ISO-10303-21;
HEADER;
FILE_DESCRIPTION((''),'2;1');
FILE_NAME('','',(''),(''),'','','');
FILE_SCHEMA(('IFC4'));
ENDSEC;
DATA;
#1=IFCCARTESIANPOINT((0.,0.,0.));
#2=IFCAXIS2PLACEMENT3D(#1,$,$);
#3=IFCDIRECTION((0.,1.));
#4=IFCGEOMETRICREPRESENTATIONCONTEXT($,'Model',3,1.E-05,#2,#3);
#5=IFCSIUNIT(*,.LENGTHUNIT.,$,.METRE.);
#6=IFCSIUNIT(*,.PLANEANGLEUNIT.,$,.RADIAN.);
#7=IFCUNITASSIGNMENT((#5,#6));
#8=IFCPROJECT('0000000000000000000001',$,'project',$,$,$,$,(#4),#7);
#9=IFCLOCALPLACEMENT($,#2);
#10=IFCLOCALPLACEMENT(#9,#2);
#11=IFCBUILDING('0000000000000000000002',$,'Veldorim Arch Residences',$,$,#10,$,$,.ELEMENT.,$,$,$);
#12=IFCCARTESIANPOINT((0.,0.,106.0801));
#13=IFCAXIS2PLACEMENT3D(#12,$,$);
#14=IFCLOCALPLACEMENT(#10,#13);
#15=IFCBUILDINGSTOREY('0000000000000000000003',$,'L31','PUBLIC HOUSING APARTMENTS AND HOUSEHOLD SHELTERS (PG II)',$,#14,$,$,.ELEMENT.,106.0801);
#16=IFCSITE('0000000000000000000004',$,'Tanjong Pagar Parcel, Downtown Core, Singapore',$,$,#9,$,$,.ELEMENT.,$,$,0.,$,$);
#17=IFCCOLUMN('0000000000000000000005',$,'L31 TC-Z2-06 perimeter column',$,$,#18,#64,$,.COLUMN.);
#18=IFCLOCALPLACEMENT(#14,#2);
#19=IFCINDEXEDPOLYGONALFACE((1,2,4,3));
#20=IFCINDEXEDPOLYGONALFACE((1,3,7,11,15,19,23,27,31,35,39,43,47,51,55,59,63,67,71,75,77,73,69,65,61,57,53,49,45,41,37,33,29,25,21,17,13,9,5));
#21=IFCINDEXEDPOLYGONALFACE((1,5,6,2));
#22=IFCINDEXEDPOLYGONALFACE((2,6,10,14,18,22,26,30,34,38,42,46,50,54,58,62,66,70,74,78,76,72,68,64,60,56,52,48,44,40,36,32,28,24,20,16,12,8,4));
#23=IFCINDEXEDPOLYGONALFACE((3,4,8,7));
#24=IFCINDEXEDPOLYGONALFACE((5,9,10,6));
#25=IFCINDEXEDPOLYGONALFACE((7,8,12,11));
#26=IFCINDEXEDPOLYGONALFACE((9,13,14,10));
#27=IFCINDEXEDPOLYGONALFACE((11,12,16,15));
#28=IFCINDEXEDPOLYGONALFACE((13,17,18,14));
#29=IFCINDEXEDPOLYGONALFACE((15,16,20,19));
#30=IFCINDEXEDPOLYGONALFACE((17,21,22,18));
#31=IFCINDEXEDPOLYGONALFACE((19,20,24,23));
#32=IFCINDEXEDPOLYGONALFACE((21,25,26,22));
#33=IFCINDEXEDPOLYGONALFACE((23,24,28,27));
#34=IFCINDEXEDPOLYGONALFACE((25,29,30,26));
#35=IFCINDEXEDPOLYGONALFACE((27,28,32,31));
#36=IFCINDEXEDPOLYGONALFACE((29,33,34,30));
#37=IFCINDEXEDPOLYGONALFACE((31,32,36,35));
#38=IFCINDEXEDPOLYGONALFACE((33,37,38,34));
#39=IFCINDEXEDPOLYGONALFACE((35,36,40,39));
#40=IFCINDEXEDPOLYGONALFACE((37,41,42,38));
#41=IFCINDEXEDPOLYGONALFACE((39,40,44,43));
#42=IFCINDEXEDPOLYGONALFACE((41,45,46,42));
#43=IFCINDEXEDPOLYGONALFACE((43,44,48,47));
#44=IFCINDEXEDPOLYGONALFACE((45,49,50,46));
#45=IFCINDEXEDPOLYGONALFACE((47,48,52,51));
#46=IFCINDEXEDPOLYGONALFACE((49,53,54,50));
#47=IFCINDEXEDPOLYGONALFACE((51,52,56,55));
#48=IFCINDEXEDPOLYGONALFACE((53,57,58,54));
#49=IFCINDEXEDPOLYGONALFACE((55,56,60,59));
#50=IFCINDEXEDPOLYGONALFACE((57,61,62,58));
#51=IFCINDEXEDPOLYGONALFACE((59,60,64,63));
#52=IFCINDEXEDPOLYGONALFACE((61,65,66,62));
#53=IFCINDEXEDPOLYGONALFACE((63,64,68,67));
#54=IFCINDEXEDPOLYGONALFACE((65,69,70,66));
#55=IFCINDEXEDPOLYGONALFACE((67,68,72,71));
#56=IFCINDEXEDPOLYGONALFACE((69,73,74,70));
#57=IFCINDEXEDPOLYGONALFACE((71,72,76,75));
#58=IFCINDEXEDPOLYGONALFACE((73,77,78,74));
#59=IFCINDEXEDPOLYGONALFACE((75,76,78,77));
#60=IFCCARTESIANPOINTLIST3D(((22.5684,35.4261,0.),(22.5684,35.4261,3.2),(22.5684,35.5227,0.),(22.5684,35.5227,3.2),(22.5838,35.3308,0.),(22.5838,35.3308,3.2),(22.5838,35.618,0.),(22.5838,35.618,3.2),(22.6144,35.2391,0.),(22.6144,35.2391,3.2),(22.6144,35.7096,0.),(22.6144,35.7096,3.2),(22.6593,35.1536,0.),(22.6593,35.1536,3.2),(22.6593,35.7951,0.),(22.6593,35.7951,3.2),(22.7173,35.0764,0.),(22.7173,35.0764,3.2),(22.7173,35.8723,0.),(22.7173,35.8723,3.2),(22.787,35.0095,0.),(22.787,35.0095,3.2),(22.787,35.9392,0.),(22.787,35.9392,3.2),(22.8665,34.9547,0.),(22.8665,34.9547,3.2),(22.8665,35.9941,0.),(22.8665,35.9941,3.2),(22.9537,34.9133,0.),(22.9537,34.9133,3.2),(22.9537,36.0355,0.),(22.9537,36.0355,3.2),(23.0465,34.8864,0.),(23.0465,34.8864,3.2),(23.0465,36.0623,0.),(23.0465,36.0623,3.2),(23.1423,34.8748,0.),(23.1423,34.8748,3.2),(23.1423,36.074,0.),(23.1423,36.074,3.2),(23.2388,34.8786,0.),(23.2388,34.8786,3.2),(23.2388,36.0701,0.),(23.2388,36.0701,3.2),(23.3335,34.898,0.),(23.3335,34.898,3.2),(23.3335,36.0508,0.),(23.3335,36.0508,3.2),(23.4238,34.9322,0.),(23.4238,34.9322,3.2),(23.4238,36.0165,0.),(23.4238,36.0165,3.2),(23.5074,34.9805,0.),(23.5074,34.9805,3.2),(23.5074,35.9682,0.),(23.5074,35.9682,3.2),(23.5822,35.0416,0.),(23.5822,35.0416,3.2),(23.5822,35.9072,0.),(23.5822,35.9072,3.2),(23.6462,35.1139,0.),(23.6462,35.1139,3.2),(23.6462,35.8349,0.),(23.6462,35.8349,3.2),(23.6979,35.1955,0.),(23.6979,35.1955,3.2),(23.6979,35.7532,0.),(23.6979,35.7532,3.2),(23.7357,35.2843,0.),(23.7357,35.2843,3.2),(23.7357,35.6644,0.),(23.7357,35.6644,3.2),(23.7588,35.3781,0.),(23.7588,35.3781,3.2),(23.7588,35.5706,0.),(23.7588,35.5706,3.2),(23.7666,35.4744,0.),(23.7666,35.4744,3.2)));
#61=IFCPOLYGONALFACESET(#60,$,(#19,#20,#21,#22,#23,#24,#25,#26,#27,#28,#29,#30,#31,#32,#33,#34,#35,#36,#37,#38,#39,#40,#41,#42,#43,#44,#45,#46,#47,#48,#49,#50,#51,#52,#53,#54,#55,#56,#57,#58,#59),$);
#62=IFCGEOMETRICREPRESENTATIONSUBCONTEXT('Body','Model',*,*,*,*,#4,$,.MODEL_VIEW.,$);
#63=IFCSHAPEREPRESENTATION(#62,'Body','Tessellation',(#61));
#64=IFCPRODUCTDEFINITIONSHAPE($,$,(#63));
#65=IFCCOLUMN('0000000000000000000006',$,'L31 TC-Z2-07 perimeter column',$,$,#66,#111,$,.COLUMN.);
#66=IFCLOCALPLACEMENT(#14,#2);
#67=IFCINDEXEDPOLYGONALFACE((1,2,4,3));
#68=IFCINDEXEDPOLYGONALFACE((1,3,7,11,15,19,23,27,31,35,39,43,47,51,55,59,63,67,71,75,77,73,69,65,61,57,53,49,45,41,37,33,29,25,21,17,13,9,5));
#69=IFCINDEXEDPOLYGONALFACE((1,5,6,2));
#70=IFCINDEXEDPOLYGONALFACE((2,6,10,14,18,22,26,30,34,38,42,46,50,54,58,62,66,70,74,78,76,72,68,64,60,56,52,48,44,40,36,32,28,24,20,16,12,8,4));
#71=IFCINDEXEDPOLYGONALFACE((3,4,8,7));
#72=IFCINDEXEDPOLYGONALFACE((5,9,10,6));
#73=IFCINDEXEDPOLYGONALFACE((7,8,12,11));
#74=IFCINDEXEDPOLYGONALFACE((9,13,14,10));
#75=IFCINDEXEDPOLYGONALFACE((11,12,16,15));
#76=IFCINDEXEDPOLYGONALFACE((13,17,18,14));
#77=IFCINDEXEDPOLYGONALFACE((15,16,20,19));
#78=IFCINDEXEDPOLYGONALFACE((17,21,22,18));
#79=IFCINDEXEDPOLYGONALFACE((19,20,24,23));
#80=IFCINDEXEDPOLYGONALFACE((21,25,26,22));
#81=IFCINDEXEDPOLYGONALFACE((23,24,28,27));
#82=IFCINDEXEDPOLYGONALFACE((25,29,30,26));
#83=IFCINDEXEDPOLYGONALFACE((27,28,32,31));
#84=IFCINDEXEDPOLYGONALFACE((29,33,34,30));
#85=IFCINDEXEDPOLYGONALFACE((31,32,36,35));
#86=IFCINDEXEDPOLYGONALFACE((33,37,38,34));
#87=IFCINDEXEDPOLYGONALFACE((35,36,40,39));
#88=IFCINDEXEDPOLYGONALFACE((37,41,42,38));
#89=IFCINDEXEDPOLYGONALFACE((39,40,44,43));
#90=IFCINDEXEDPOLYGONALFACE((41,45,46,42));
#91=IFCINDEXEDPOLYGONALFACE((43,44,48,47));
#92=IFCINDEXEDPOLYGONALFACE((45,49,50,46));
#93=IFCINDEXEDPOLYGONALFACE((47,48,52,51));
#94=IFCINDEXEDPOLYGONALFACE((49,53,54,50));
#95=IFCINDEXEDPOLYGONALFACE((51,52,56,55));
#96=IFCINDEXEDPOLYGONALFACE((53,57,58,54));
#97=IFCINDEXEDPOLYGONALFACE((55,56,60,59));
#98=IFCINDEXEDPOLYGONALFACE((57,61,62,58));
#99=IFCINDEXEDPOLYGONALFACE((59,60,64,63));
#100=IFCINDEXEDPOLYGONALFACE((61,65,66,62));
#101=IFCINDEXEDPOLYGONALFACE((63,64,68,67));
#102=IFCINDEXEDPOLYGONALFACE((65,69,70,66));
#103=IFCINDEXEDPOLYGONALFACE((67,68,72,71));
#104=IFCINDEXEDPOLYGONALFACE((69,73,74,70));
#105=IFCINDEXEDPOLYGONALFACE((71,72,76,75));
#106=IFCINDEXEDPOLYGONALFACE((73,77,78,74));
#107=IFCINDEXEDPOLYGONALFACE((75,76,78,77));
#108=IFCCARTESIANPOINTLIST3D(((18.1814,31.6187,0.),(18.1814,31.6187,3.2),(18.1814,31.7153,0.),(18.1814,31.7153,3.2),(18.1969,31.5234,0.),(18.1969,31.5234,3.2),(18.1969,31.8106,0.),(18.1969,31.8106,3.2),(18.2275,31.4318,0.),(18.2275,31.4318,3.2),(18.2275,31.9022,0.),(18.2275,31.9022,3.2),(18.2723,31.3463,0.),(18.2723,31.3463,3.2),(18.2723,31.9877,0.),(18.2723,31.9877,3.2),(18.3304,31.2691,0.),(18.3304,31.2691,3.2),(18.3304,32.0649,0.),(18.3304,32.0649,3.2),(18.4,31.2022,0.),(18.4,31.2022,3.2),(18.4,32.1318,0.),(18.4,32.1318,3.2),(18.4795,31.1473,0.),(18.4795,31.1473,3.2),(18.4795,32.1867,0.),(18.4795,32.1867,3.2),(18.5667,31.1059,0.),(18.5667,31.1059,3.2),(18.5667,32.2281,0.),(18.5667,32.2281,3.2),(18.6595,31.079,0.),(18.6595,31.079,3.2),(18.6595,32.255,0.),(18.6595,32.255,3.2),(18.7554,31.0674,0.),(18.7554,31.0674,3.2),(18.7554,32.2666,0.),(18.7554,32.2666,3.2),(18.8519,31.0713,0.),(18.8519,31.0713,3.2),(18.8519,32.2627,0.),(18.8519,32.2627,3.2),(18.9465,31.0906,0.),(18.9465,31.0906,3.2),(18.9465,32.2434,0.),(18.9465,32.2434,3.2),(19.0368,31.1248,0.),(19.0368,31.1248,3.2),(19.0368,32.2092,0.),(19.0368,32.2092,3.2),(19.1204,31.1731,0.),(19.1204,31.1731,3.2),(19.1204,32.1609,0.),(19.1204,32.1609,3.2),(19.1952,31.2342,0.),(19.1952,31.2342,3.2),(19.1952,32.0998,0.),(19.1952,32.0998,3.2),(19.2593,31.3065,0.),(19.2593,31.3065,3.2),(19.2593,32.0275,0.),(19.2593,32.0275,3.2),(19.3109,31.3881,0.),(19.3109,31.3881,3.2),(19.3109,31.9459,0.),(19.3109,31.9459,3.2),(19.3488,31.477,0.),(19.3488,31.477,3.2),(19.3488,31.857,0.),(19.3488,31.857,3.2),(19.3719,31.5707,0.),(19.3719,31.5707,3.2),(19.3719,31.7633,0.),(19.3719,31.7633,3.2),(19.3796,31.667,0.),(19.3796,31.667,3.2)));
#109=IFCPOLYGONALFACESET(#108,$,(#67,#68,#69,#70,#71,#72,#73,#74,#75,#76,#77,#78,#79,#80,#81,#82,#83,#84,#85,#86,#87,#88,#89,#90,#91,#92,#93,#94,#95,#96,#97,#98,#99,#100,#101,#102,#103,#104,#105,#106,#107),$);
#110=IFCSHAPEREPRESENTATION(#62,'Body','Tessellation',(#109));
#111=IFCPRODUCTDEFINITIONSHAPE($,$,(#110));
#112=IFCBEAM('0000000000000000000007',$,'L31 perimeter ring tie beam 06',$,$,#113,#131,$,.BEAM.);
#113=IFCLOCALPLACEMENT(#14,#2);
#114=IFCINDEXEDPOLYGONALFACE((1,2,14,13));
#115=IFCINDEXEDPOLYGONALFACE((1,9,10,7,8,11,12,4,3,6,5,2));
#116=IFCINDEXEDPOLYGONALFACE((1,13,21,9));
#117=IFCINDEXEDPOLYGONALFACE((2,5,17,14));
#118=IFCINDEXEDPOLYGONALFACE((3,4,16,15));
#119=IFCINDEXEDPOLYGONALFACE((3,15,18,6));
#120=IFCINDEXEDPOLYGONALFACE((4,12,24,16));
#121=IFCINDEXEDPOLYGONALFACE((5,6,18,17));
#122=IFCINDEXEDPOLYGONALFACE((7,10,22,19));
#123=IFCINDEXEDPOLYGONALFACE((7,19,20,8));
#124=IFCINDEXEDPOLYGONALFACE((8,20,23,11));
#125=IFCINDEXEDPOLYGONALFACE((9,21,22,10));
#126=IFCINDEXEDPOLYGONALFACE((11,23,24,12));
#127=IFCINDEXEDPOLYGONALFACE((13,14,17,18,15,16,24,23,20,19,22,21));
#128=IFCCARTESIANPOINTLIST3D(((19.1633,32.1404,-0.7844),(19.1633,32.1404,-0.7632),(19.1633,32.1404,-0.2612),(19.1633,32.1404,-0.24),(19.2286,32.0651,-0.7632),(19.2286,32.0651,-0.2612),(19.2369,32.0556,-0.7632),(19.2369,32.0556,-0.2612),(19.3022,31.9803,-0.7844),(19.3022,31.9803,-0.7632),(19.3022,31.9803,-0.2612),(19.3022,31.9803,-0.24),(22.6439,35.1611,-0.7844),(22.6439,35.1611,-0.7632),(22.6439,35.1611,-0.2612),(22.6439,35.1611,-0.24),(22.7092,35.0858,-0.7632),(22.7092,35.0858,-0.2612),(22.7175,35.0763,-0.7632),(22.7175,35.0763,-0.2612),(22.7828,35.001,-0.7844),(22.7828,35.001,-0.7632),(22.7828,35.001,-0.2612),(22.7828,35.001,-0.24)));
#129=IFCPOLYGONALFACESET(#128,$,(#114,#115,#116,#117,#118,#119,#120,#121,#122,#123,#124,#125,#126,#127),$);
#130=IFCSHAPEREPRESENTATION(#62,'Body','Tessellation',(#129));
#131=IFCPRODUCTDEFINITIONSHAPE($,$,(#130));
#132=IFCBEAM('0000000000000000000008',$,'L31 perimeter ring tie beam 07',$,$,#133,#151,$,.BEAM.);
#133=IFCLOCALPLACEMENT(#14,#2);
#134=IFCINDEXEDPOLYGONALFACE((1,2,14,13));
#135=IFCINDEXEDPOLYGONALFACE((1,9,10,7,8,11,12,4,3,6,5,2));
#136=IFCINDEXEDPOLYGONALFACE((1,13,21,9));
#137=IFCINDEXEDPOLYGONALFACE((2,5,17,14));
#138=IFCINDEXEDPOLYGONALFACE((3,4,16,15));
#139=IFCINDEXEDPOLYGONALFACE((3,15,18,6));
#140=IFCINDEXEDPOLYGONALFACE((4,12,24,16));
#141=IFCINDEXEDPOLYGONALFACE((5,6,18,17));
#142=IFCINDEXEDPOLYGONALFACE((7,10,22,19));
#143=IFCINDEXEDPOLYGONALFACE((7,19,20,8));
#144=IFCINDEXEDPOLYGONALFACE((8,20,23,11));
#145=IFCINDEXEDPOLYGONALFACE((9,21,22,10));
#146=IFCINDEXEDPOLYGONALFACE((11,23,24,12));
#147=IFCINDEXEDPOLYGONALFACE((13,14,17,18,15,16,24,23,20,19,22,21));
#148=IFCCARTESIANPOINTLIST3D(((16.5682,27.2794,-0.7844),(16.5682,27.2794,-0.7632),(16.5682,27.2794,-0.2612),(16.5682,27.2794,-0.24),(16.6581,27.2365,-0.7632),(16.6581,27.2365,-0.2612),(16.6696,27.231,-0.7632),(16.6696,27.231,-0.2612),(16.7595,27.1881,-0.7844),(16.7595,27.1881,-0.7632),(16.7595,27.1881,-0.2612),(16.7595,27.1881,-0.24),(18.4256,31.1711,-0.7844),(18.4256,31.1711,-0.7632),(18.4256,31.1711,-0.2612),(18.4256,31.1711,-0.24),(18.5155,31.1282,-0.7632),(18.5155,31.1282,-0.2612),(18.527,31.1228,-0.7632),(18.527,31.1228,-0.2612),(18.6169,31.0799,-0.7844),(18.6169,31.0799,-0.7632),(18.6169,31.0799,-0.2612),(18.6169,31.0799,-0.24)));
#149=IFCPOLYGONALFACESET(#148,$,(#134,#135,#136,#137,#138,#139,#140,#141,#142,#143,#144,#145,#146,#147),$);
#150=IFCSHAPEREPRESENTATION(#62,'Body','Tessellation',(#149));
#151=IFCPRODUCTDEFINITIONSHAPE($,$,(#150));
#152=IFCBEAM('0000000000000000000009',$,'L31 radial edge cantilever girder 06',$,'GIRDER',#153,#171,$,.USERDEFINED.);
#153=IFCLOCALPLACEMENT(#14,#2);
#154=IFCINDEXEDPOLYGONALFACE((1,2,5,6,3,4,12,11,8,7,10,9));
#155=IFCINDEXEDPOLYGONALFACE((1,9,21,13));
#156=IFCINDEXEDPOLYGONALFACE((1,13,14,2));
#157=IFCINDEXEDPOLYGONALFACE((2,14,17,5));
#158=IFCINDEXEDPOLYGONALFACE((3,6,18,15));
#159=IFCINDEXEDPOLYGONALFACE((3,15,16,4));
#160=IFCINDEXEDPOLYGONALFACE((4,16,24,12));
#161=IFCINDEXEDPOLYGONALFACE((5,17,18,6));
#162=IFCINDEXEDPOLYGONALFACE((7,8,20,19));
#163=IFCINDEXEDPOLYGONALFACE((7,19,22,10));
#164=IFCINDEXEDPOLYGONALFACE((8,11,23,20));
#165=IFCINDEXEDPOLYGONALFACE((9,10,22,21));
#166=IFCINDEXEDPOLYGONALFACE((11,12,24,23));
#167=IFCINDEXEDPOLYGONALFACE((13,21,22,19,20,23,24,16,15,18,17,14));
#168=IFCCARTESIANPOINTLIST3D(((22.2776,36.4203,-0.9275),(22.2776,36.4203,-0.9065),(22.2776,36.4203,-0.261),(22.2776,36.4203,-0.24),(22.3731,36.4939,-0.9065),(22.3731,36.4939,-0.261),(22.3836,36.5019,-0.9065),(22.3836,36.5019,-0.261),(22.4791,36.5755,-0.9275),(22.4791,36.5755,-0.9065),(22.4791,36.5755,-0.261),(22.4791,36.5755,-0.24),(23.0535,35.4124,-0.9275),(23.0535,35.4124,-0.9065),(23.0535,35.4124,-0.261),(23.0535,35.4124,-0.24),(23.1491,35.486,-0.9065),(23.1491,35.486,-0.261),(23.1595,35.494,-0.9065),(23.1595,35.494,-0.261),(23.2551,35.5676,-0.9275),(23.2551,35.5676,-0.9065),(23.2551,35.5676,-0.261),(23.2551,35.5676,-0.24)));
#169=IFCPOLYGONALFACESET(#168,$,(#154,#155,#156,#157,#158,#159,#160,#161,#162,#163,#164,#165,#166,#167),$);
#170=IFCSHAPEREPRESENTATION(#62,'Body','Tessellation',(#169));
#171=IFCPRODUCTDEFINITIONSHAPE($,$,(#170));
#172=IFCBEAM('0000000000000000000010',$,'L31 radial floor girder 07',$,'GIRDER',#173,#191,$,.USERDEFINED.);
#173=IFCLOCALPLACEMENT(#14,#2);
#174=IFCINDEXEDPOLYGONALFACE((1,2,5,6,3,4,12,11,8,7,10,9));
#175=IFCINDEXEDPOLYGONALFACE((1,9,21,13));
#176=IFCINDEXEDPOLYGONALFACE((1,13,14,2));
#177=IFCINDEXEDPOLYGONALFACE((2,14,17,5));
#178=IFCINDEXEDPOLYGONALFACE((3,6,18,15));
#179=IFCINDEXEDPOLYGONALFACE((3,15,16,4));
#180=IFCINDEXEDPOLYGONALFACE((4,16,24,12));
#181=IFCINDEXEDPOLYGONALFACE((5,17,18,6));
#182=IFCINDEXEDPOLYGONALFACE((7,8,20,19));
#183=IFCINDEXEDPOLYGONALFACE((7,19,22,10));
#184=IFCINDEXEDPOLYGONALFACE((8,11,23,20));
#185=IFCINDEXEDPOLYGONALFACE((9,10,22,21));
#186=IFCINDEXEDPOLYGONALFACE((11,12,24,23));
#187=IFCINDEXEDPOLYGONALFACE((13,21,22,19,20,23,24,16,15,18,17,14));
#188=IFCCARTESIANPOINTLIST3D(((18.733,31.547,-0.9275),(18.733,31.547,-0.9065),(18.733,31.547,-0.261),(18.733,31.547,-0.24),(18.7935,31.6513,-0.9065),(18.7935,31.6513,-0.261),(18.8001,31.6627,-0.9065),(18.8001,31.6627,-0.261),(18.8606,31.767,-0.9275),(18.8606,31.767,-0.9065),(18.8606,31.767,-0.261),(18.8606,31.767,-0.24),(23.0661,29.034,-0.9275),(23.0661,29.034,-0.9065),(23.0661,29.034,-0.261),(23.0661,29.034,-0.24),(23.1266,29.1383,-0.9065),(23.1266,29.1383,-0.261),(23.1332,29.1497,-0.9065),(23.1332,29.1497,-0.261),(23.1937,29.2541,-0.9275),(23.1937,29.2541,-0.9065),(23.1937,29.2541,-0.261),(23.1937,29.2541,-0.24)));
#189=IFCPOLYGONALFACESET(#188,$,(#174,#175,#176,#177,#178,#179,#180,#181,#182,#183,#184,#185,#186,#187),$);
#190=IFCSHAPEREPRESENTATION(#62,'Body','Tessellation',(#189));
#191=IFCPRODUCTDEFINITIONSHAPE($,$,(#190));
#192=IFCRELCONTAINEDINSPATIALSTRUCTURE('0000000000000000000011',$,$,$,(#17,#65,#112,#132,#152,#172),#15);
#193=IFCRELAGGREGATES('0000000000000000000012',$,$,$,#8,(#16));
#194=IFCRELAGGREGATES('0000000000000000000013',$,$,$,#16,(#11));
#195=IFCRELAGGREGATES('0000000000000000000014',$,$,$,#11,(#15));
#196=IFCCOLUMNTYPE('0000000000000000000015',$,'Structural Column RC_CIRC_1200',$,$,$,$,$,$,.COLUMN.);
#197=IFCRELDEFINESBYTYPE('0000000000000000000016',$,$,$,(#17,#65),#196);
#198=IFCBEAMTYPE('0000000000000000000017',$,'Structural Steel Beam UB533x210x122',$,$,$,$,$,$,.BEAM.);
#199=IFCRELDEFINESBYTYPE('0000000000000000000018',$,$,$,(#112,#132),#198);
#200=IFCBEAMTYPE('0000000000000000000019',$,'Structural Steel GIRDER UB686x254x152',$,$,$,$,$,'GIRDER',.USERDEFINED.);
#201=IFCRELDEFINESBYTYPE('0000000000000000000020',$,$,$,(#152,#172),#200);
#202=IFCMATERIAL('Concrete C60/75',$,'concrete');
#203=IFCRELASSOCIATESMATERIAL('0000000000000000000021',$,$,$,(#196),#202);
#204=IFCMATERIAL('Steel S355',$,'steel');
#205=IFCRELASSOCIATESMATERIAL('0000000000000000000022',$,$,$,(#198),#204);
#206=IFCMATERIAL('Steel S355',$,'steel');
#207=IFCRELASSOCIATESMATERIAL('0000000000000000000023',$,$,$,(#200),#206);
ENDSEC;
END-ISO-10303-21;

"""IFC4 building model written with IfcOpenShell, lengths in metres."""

from ifc_helpers import new_model, si_unit, direction, frame, origin, origin_2d, place, context, subcontext, project, spatial, circle, i_section, extrude, material, material_profile, profile_set, type_object, element, save


model = new_model("IFC4")

# Units and contexts
model_context = context("Model", 3, precision=1e-05, world=origin(), true_north=direction((0.0, 1.0)))
body_context = subcontext(model_context, "Body", "Model", "MODEL_VIEW")
ifc_project = project(units=[si_unit("LENGTHUNIT", "METRE"), si_unit("PLANEANGLEUNIT", "RADIAN")], contexts=[model_context])

# Site, building, storey
site_placement = place(None, origin())
site = spatial("IfcSite", under=ifc_project, at=site_placement, Name="Tanjong Pagar Parcel, Downtown Core, Singapore", CompositionType="ELEMENT", RefElevation=0.0)
building_placement = place(site_placement, origin())
building = spatial("IfcBuilding", under=site, at=building_placement, Name="Veldorim Arch Residences", CompositionType="ELEMENT")
storey_placement = place(building_placement, frame((0.0, 0.0, 106.0801)))
storey = spatial("IfcBuildingStorey", under=building, at=storey_placement, Name="L31", Description="PUBLIC HOUSING APARTMENTS AND HOUSEHOLD SHELTERS (PG II)", CompositionType="ELEMENT", Elevation=106.0801)

# Columns
ifc_material_1 = material(Name="Concrete C60/75", Category="concrete")
ifc_material_profile_1 = material_profile(ifc_material_1, circle(Radius=0.6001, at=origin_2d()), Name="RC_CIRC_1200")
ifc_profile_set_1 = profile_set([ifc_material_profile_1], Name="Concrete C60/75")
column_type = type_object("IfcColumnType", Name="Structural Column RC_CIRC_1200", PredefinedType="COLUMN", material=ifc_profile_set_1)
for number, where, z_axis, x_axis, name in (
    (1, (23.1665, 35.4744, 0.0), (0.0, 0.0, 1.0), (1.0, 0.0, 0.0), "L31 TC-Z2-06 perimeter column"),
    (2, (18.7795, 31.667, 0.0), (0.0, 0.0, 1.0), (1.0, 0.0, 0.0), "L31 TC-Z2-07 perimeter column"),
):
    element("IfcColumn", number, at=place(storey_placement, frame(where, z_axis=z_axis, x_axis=x_axis)), inside=storey, type_object=column_type, Name=name, PredefinedType="COLUMN", context=body_context, shape_type="SweptSolid", body=[
        extrude(circle(Radius=0.6001, at=origin_2d()), origin(), (0.0, 0.0, 1.0), 3.2),
    ])

# Beams
ifc_material_2 = material(Name="Steel S355", Category="steel")
ifc_material_profile_2 = material_profile(ifc_material_2, i_section(OverallWidth=0.2119, OverallDepth=0.5444, WebThickness=0.0127, FlangeThickness=0.0212, at=origin_2d()), Name="UB533x210x122")
ifc_profile_set_2 = profile_set([ifc_material_profile_2], Name="Steel S355")
beam_type_1 = type_object("IfcBeamType", Name="Structural Steel Beam UB533x210x122", PredefinedType="BEAM", material=ifc_profile_set_2)
beam_1_placement = place(storey_placement, frame((22.7134, 35.0811, -0.5122), z_axis=(-0.755245, -0.655443, 0.0), x_axis=(0.655443, -0.755245, 0.0)))
element("IfcBeam", 3, at=beam_1_placement, inside=storey, type_object=beam_type_1, Name="L31 perimeter ring tie beam 06", PredefinedType="BEAM", context=body_context, shape_type="SweptSolid", body=[
    extrude(i_section(OverallWidth=0.2119, OverallDepth=0.5444, WebThickness=0.0127, FlangeThickness=0.0212, at=origin_2d()), origin(), (0.0, 0.0, 1.0), 4.6086),
])
beam_2_placement = place(storey_placement, frame((18.5212, 31.1255, -0.5122), z_axis=(-0.43072, -0.902486, 0.0), x_axis=(0.902486, -0.43072, 0.0)))
element("IfcBeam", 4, at=beam_2_placement, inside=storey, type_object=beam_type_1, Name="L31 perimeter ring tie beam 07", PredefinedType="BEAM", context=body_context, shape_type="SweptSolid", body=[
    extrude(i_section(OverallWidth=0.2119, OverallDepth=0.5444, WebThickness=0.0127, FlangeThickness=0.0212, at=origin_2d()), origin(), (0.0, 0.0, 1.0), 4.3123),
])
ifc_material_3 = material(Name="Steel S355", Category="steel")
ifc_material_profile_3 = material_profile(ifc_material_3, i_section(OverallWidth=0.2544, OverallDepth=0.6875, WebThickness=0.0132, FlangeThickness=0.021, at=origin_2d()), Name="UB686x254x152")
ifc_profile_set_3 = profile_set([ifc_material_profile_3], Name="Steel S355")
beam_type_2 = type_object("IfcBeamType", Name="Structural Steel GIRDER UB686x254x152", ElementType="GIRDER", PredefinedType="USERDEFINED", material=ifc_profile_set_3)
beam_3_placement = place(storey_placement, frame((23.1543, 35.49, -0.5837), z_axis=(-0.610026, 0.792381, 0.0), x_axis=(-0.792381, -0.610026, 0.0)))
element("IfcBeam", 5, at=beam_3_placement, inside=storey, type_object=beam_type_2, Name="L31 radial edge cantilever girder 06", ObjectType="GIRDER", PredefinedType="USERDEFINED", context=body_context, shape_type="SweptSolid", body=[
    extrude(i_section(OverallWidth=0.2544, OverallDepth=0.6875, WebThickness=0.0132, FlangeThickness=0.021, at=origin_2d()), origin(), (0.0, 0.0, 1.0), 1.272),
])
beam_4_placement = place(storey_placement, frame((23.1299, 29.144, -0.5837), z_axis=(-0.865049, 0.501687, 0.0), x_axis=(-0.501687, -0.865049, 0.0)))
element("IfcBeam", 6, at=beam_4_placement, inside=storey, type_object=beam_type_2, Name="L31 radial floor girder 07", ObjectType="GIRDER", PredefinedType="USERDEFINED", context=body_context, shape_type="SweptSolid", body=[
    extrude(i_section(OverallWidth=0.2544, OverallDepth=0.6875, WebThickness=0.0132, FlangeThickness=0.021, at=origin_2d()), origin(), (0.0, 0.0, 1.0), 5.009),
])

save(model, "model.ifc")
